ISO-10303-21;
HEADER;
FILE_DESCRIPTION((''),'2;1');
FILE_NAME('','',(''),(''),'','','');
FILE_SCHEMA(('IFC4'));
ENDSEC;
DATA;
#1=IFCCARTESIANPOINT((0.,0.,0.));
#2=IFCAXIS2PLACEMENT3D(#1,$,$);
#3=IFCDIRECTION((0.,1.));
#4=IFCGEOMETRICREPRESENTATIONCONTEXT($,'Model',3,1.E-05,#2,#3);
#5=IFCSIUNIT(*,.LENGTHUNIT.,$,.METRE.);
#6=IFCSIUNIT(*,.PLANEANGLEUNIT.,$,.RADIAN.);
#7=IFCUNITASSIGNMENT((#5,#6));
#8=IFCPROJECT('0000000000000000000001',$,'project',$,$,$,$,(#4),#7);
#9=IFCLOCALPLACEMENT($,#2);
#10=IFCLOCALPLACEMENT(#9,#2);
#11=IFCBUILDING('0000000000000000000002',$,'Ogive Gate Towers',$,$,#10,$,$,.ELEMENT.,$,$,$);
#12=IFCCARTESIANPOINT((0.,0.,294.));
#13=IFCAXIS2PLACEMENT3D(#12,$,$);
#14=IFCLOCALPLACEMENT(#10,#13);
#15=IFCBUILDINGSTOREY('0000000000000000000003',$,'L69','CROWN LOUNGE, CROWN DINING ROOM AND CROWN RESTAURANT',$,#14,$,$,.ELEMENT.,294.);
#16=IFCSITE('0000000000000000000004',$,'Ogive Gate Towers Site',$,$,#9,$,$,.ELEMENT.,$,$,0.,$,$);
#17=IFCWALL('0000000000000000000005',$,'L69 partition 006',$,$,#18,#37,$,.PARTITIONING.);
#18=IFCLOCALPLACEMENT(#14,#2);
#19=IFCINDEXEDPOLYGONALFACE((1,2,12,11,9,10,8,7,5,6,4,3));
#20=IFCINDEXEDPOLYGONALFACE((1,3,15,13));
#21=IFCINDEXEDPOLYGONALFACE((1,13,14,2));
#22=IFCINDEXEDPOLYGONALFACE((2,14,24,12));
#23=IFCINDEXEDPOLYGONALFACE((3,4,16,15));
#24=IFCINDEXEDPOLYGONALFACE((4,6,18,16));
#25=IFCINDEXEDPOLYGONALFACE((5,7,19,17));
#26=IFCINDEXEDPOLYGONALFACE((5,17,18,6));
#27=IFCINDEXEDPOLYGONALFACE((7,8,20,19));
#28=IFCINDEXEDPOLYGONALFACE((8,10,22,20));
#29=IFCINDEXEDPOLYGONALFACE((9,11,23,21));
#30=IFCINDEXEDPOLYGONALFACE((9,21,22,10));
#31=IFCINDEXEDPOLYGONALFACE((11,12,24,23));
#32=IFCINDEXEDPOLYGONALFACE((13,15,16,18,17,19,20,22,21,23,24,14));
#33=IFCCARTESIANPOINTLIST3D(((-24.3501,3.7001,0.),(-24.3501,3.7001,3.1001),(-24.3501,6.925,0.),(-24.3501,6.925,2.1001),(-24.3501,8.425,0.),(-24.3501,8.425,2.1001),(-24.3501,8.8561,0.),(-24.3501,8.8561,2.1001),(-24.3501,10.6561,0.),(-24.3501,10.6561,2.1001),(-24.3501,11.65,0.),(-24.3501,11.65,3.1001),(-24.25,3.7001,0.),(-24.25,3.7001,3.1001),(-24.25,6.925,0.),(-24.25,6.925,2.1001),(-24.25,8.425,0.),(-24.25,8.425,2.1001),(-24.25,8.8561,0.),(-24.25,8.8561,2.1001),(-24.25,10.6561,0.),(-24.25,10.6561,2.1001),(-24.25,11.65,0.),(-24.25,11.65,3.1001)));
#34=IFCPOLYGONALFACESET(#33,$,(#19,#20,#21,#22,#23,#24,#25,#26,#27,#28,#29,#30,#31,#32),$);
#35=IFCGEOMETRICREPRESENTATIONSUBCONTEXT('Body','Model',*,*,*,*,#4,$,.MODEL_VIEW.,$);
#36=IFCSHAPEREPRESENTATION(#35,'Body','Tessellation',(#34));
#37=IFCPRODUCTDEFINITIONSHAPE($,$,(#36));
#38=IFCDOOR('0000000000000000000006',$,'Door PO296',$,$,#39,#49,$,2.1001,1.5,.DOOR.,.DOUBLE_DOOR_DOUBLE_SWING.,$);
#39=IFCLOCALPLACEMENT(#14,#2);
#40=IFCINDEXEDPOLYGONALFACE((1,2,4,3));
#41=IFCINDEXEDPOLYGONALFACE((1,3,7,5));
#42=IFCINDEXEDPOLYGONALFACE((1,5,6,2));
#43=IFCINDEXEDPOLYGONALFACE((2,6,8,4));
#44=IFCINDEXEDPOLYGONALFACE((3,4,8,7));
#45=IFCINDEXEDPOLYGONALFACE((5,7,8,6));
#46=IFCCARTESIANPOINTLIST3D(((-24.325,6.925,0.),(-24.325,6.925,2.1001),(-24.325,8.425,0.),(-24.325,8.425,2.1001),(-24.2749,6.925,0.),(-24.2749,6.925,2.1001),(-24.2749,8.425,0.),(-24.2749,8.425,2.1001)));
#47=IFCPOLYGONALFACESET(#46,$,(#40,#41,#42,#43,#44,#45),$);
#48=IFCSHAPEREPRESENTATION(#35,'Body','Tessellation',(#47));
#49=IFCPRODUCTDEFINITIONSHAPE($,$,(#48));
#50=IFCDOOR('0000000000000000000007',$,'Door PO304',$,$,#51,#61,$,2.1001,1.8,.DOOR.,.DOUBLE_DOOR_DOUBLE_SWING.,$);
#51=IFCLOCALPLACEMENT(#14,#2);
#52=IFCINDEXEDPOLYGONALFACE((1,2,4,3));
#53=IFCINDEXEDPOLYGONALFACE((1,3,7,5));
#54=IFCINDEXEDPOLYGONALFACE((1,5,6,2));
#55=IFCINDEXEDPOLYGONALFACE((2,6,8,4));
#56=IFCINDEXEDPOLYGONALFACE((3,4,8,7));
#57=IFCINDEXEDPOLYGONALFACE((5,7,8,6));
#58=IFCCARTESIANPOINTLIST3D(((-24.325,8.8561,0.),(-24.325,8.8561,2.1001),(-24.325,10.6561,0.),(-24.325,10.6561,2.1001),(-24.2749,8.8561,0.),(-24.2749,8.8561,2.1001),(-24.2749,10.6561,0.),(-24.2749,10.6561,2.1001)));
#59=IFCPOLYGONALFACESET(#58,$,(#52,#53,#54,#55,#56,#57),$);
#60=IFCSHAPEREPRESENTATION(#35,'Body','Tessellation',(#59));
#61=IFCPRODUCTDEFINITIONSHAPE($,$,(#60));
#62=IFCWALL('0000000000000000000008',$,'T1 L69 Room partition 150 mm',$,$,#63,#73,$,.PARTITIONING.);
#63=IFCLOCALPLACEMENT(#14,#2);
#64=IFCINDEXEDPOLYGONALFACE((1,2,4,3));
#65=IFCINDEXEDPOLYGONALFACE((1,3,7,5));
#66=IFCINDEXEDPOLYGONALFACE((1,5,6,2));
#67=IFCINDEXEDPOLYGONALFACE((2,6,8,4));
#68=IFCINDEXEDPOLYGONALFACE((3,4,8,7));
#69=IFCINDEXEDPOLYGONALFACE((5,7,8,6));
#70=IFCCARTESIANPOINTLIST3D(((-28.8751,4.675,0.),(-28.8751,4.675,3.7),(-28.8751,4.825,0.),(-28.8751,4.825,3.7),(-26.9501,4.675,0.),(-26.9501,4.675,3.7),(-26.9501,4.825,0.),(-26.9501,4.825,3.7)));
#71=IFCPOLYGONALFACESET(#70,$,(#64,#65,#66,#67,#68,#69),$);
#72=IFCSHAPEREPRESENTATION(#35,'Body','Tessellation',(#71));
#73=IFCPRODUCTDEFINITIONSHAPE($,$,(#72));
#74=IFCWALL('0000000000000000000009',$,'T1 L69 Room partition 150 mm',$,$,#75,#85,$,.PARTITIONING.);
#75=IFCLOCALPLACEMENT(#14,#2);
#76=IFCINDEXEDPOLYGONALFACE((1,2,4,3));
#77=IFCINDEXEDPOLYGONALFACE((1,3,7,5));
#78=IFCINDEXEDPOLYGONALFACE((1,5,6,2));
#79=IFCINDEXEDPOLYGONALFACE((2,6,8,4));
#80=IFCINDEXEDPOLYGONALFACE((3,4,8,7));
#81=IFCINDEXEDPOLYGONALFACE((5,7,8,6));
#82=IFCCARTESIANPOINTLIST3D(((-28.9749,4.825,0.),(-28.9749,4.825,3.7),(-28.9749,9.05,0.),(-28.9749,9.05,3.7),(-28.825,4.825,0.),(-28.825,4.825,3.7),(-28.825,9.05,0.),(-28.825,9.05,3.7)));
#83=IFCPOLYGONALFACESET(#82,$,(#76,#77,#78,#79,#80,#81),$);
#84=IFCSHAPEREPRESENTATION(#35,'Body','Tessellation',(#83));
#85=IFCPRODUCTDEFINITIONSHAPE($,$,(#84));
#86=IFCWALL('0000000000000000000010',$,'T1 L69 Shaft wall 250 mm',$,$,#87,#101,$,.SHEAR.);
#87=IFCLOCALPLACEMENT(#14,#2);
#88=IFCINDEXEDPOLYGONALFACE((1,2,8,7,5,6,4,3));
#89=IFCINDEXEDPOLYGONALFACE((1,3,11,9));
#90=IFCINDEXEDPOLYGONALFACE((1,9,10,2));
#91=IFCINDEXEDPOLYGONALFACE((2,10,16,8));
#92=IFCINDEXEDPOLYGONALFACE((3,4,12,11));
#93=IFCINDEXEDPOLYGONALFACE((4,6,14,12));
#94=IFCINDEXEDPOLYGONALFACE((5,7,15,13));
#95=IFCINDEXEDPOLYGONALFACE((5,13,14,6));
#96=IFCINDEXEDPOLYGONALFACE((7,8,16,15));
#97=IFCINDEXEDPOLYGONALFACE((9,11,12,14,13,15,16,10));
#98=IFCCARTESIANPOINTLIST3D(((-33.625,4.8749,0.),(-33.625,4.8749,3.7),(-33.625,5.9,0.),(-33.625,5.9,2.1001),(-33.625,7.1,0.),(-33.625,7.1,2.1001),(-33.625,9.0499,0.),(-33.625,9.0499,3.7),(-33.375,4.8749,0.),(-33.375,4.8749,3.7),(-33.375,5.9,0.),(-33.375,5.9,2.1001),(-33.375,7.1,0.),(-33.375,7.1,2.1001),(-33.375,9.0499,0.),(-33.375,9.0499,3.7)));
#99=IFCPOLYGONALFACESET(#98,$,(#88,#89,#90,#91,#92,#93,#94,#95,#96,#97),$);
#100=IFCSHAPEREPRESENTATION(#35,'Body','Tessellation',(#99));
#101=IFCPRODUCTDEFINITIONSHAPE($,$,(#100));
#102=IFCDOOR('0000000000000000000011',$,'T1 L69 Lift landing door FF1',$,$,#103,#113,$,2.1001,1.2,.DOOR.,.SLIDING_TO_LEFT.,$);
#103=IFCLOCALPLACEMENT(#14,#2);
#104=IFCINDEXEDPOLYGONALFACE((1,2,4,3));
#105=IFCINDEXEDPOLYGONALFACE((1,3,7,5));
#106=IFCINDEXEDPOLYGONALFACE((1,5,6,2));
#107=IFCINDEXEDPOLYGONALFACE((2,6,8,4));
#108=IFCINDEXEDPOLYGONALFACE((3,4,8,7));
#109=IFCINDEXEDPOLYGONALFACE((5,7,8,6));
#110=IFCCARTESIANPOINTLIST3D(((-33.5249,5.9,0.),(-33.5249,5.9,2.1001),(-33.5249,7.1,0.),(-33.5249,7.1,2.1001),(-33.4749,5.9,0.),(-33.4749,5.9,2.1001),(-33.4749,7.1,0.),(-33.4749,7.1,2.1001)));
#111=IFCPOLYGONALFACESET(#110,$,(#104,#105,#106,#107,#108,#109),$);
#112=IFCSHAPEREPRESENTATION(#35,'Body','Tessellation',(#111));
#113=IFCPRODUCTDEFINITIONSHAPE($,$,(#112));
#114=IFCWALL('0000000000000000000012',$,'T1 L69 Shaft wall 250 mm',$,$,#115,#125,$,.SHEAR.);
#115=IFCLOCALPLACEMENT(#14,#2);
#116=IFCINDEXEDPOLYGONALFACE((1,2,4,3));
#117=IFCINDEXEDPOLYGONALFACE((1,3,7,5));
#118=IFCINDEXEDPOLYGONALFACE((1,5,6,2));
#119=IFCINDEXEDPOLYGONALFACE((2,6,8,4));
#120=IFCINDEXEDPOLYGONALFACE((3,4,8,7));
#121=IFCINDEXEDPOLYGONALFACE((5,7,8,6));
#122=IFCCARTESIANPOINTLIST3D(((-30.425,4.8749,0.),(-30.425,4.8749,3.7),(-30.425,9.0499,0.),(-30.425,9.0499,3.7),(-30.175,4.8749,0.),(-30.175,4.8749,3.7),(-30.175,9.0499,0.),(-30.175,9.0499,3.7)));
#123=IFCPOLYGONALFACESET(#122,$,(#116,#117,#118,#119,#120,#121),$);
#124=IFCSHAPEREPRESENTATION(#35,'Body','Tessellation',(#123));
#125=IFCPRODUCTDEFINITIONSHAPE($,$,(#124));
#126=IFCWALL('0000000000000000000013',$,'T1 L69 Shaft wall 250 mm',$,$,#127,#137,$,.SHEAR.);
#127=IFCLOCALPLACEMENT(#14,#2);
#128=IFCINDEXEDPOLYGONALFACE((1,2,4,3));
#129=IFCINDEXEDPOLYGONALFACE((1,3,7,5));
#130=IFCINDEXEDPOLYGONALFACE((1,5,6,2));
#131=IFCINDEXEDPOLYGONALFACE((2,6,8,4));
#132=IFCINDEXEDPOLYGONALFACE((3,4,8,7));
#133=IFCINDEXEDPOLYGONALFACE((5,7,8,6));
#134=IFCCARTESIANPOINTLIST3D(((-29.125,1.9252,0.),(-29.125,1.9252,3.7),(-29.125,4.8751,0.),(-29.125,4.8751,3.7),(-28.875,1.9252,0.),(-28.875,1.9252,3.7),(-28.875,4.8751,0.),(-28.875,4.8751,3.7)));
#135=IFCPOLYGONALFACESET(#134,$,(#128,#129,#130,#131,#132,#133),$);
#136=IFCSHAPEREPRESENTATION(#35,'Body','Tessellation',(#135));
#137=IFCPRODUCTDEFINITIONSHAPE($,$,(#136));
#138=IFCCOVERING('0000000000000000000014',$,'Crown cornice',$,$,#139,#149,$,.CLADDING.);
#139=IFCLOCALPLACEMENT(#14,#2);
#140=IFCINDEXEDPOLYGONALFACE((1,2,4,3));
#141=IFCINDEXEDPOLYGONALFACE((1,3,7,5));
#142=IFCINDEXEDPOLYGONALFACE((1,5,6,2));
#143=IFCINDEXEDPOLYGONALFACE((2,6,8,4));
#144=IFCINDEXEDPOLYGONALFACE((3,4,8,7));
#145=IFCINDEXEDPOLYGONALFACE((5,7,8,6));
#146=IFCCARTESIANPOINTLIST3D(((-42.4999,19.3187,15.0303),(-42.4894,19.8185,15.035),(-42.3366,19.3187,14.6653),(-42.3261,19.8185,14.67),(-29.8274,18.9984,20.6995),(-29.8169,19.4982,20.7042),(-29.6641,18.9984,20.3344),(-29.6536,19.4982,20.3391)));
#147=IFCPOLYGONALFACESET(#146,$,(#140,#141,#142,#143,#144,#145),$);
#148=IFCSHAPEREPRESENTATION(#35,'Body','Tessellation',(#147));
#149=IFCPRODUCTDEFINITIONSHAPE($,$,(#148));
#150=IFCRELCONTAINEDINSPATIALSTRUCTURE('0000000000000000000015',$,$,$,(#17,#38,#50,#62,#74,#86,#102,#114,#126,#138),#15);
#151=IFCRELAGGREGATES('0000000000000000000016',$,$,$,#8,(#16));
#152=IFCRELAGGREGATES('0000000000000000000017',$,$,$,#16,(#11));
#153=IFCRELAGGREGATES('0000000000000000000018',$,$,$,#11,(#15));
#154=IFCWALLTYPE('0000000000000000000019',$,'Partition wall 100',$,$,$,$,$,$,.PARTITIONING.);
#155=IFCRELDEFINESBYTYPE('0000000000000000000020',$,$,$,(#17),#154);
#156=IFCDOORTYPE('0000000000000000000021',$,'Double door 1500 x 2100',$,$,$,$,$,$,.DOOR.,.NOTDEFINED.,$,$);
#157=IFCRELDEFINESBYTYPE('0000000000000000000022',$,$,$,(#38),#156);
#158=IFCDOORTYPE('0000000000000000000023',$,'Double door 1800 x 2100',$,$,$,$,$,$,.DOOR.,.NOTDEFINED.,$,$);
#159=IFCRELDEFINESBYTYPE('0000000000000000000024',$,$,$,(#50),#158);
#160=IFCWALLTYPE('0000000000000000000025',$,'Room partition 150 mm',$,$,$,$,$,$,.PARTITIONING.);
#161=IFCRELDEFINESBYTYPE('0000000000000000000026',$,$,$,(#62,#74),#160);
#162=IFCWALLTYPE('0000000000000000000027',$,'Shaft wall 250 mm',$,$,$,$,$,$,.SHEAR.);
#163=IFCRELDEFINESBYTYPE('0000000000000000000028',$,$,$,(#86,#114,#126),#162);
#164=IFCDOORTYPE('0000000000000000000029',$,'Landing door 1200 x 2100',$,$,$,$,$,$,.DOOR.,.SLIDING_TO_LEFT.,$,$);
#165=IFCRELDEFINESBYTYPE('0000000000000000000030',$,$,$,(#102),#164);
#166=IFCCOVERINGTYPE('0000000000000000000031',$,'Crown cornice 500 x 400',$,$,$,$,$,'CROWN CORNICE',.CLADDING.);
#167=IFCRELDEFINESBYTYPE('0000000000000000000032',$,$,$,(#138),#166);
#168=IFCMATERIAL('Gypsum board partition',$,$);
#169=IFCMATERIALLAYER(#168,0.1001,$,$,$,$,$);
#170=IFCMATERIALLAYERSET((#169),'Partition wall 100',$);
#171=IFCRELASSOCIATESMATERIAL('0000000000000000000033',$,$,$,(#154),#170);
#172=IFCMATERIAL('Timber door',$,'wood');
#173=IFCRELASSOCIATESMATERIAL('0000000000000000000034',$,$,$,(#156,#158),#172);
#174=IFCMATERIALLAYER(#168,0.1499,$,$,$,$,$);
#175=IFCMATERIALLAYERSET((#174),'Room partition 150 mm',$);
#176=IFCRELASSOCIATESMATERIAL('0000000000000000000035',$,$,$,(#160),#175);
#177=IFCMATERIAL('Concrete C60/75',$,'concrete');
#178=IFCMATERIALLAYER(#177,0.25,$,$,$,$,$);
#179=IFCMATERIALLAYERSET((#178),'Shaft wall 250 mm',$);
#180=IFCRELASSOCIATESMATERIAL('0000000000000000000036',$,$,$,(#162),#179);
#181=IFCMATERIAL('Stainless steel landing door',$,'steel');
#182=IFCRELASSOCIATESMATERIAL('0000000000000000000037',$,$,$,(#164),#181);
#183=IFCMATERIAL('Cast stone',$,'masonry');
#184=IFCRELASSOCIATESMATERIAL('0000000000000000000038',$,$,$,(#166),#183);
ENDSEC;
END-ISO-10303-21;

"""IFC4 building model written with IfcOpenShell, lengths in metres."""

from ifc_helpers import new_model, si_unit, direction, frame, frame_2d, origin, origin_2d, place, context, subcontext, project, spatial, rectangle, extrude, material, layer, layer_set, material_profile, profile_set, type_object, element, fill, save


model = new_model("IFC4")

# Units and contexts
model_context = context("Model", 3, precision=1e-05, world=origin(), true_north=direction((0.0, 1.0)))
body_context = subcontext(model_context, "Body", "Model", "MODEL_VIEW")
ifc_project = project(units=[si_unit("LENGTHUNIT", "METRE"), si_unit("PLANEANGLEUNIT", "RADIAN")], contexts=[model_context])

# Site, building, storey
site_placement = place(None, origin())
site = spatial("IfcSite", under=ifc_project, at=site_placement, Name="Ogive Gate Towers Site", CompositionType="ELEMENT", RefElevation=0.0)
building_placement = place(site_placement, origin())
building = spatial("IfcBuilding", under=site, at=building_placement, Name="Ogive Gate Towers", CompositionType="ELEMENT")
storey_placement = place(building_placement, frame((0.0, 0.0, 294.0)))
storey = spatial("IfcBuildingStorey", under=building, at=storey_placement, Name="L69", Description="CROWN LOUNGE, CROWN DINING ROOM AND CROWN RESTAURANT", CompositionType="ELEMENT", Elevation=294.0)

# Shared definitions
ifc_material_1 = material(Name="Gypsum board partition")
ifc_layer_1 = layer(ifc_material_1, 0.1001)
ifc_layer_set_1 = layer_set([ifc_layer_1], Name="Partition wall 100")
wall_type_1 = type_object("IfcWallType", Name="Partition wall 100", PredefinedType="PARTITIONING", material=ifc_layer_set_1)

# Wall, openings, doors
wall_1_placement = place(storey_placement, frame((-24.3, 3.7, 0.0), z_axis=(0.0, 0.0, 1.0), x_axis=(0.0, 1.0, 0.0)))
wall_1 = element("IfcWall", 1, at=wall_1_placement, inside=storey, type_object=wall_type_1, Name="L69 partition 006", PredefinedType="PARTITIONING", context=body_context, shape_type="SweptSolid", body=[
    extrude(rectangle(XDim=7.95, YDim=0.1001, at=frame_2d((3.9751, 0.0))), origin(), (0.0, 0.0, 1.0), 3.1001),
])
opening_1_placement = place(wall_1_placement, frame((3.2251, 0.0, 0.0)))
opening_1 = element("IfcOpeningElement", 2, at=opening_1_placement, cuts=wall_1, PredefinedType="OPENING", context=body_context, shape_type="SweptSolid", body=[
    extrude(rectangle(XDim=1.5, YDim=2.1001, at=frame_2d((0.75, 1.05))), frame((0.0, 0.0601, 0.0), z_axis=(0.0, -1.0, 0.0), x_axis=(1.0, 0.0, 0.0)), (0.0, 0.0, 1.0), 0.1201),
])
opening_2_placement = place(wall_1_placement, frame((5.1562, 0.0, 0.0)))
opening_2 = element("IfcOpeningElement", 3, at=opening_2_placement, cuts=wall_1, PredefinedType="OPENING", context=body_context, shape_type="SweptSolid", body=[
    extrude(rectangle(XDim=1.8, YDim=2.1001, at=frame_2d((0.8999, 1.05))), frame((0.0, 0.0601, 0.0), z_axis=(0.0, -1.0, 0.0), x_axis=(1.0, 0.0, 0.0)), (0.0, 0.0, 1.0), 0.1201),
])
ifc_material_2 = material(Name="Timber door", Category="wood")
door_type_1 = type_object("IfcDoorType", Name="Double door 1500 x 2100", OperationType="NOTDEFINED", PredefinedType="DOOR", material=ifc_material_2)
door_1_placement = place(opening_1_placement, origin())
door_1 = element("IfcDoor", 4, at=door_1_placement, inside=storey, type_object=door_type_1, Name="Door PO296", OperationType="DOUBLE_DOOR_DOUBLE_SWING", OverallHeight=2.1001, OverallWidth=1.5, PredefinedType="DOOR", context=body_context, shape_type="SweptSolid", body=[
    extrude(rectangle(XDim=1.5, YDim=2.1001, at=frame_2d((0.75, 1.05))), frame((0.0, 0.0249, 0.0), z_axis=(0.0, -1.0, 0.0), x_axis=(1.0, 0.0, 0.0)), (0.0, 0.0, 1.0), 0.05),
])
fill(opening_1, door_1)
door_type_2 = type_object("IfcDoorType", Name="Double door 1800 x 2100", OperationType="NOTDEFINED", PredefinedType="DOOR", material=ifc_material_2)
door_2_placement = place(opening_2_placement, origin())
door_2 = element("IfcDoor", 5, at=door_2_placement, inside=storey, type_object=door_type_2, Name="Door PO304", OperationType="DOUBLE_DOOR_DOUBLE_SWING", OverallHeight=2.1001, OverallWidth=1.8, PredefinedType="DOOR", context=body_context, shape_type="SweptSolid", body=[
    extrude(rectangle(XDim=1.8, YDim=2.1001, at=frame_2d((0.8999, 1.05))), frame((0.0, 0.0249, 0.0), z_axis=(0.0, -1.0, 0.0), x_axis=(1.0, 0.0, 0.0)), (0.0, 0.0, 1.0), 0.05),
])
fill(opening_2, door_2)

# Walls
ifc_layer_2 = layer(ifc_material_1, 0.1499)
ifc_layer_set_2 = layer_set([ifc_layer_2], Name="Room partition 150 mm")
wall_type_2 = type_object("IfcWallType", Name="Room partition 150 mm", PredefinedType="PARTITIONING", material=ifc_layer_set_2)
wall_2_placement = place(storey_placement, frame((-28.875, 4.75, 0.0), z_axis=(0.0, 0.0, 1.0), x_axis=(1.0, 0.0, 0.0)))
element("IfcWall", 6, at=wall_2_placement, inside=storey, type_object=wall_type_2, Name="T1 L69 Room partition 150 mm", PredefinedType="PARTITIONING", context=body_context, shape_type="SweptSolid", body=[
    extrude(rectangle(XDim=1.925, YDim=0.1499, at=frame_2d((0.9624, 0.0))), origin(), (0.0, 0.0, 1.0), 3.7),
])
wall_3_placement = place(storey_placement, frame((-28.8999, 4.825, 0.0), z_axis=(0.0, 0.0, 1.0), x_axis=(0.0, 1.0, 0.0)))
element("IfcWall", 7, at=wall_3_placement, inside=storey, type_object=wall_type_2, Name="T1 L69 Room partition 150 mm", PredefinedType="PARTITIONING", context=body_context, shape_type="SweptSolid", body=[
    extrude(rectangle(XDim=4.2251, YDim=0.1499, at=frame_2d((2.1125, 0.0))), origin(), (0.0, 0.0, 1.0), 3.7),
])

# Wall, opening, door
ifc_material_3 = material(Name="Concrete C60/75", Category="concrete")
ifc_layer_3 = layer(ifc_material_3, 0.25)
ifc_layer_set_3 = layer_set([ifc_layer_3], Name="Shaft wall 250 mm")
wall_type_3 = type_object("IfcWallType", Name="Shaft wall 250 mm", PredefinedType="SHEAR", material=ifc_layer_set_3)
wall_4_placement = place(storey_placement, frame((-33.5, 4.875, 0.0), z_axis=(0.0, 0.0, 1.0), x_axis=(0.0, 1.0, 0.0)))
wall_4 = element("IfcWall", 8, at=wall_4_placement, inside=storey, type_object=wall_type_3, Name="T1 L69 Shaft wall 250 mm", PredefinedType="SHEAR", context=body_context, shape_type="SweptSolid", body=[
    extrude(rectangle(XDim=4.175, YDim=0.25, at=frame_2d((2.0874, 0.0))), origin(), (0.0, 0.0, 1.0), 3.7),
])
opening_3_placement = place(wall_4_placement, frame((1.0249, 0.0, 0.0)))
opening_3 = element("IfcOpeningElement", 9, at=opening_3_placement, cuts=wall_4, PredefinedType="OPENING", context=body_context, shape_type="SweptSolid", body=[
    extrude(rectangle(XDim=1.2, YDim=2.1001, at=frame_2d((0.6001, 1.05))), frame((0.0, 0.135, 0.0), z_axis=(0.0, -1.0, 0.0), x_axis=(1.0, 0.0, 0.0)), (0.0, 0.0, 1.0), 0.27),
])
ifc_material_4 = material(Name="Stainless steel landing door", Category="steel")
door_type_3 = type_object("IfcDoorType", Name="Landing door 1200 x 2100", OperationType="SLIDING_TO_LEFT", PredefinedType="DOOR", material=ifc_material_4)
door_3_placement = place(opening_3_placement, origin())
door_3 = element("IfcDoor", 10, at=door_3_placement, inside=storey, type_object=door_type_3, Name="T1 L69 Lift landing door FF1", OperationType="SLIDING_TO_LEFT", OverallHeight=2.1001, OverallWidth=1.2, PredefinedType="DOOR", context=body_context, shape_type="SweptSolid", body=[
    extrude(rectangle(XDim=1.2, YDim=2.1001, at=frame_2d((0.6001, 1.05))), frame((0.0, 0.0249, 0.0), z_axis=(0.0, -1.0, 0.0), x_axis=(1.0, 0.0, 0.0)), (0.0, 0.0, 1.0), 0.05),
])
fill(opening_3, door_3)

# Walls
wall_5_placement = place(storey_placement, frame((-30.3, 4.875, 0.0), z_axis=(0.0, 0.0, 1.0), x_axis=(0.0, 1.0, 0.0)))
element("IfcWall", 11, at=wall_5_placement, inside=storey, type_object=wall_type_3, Name="T1 L69 Shaft wall 250 mm", PredefinedType="SHEAR", context=body_context, shape_type="SweptSolid", body=[
    extrude(rectangle(XDim=4.175, YDim=0.25, at=frame_2d((2.0874, 0.0))), origin(), (0.0, 0.0, 1.0), 3.7),
])
wall_6_placement = place(storey_placement, frame((-29.0, 1.925, 0.0), z_axis=(0.0, 0.0, 1.0), x_axis=(0.0, 1.0, 0.0)))
element("IfcWall", 12, at=wall_6_placement, inside=storey, type_object=wall_type_3, Name="T1 L69 Shaft wall 250 mm", PredefinedType="SHEAR", context=body_context, shape_type="SweptSolid", body=[
    extrude(rectangle(XDim=2.95, YDim=0.25, at=frame_2d((1.4751, 0.0))), origin(), (0.0, 0.0, 1.0), 3.7),
])

# Covering
ifc_material_5 = material(Name="Cast stone", Category="masonry")
ifc_material_profile_1 = material_profile(ifc_material_5, rectangle(XDim=0.5, YDim=0.3999, at=origin_2d()), Name="500 x 400 cast stone")
ifc_profile_set_1 = profile_set([ifc_material_profile_1], Name="Cast stone")
covering_type = type_object("IfcCoveringType", Name="Crown cornice 500 x 400", ElementType="CROWN CORNICE", PredefinedType="CLADDING", material=ifc_profile_set_1)
covering_placement = place(storey_placement, frame((-29.7405, 19.2483, 20.5193), z_axis=(-0.912579, 0.023066, -0.408249), x_axis=(0.021057, 0.999734, 0.009416)))
element("IfcCovering", 13, at=covering_placement, inside=storey, type_object=covering_type, Name="Crown cornice", PredefinedType="CLADDING", context=body_context, shape_type="SweptSolid", body=[
    extrude(rectangle(XDim=0.5, YDim=0.3999, at=origin_2d()), origin(), (0.0, 0.0, 1.0), 13.8865),
])

save(model, "model.ifc")
